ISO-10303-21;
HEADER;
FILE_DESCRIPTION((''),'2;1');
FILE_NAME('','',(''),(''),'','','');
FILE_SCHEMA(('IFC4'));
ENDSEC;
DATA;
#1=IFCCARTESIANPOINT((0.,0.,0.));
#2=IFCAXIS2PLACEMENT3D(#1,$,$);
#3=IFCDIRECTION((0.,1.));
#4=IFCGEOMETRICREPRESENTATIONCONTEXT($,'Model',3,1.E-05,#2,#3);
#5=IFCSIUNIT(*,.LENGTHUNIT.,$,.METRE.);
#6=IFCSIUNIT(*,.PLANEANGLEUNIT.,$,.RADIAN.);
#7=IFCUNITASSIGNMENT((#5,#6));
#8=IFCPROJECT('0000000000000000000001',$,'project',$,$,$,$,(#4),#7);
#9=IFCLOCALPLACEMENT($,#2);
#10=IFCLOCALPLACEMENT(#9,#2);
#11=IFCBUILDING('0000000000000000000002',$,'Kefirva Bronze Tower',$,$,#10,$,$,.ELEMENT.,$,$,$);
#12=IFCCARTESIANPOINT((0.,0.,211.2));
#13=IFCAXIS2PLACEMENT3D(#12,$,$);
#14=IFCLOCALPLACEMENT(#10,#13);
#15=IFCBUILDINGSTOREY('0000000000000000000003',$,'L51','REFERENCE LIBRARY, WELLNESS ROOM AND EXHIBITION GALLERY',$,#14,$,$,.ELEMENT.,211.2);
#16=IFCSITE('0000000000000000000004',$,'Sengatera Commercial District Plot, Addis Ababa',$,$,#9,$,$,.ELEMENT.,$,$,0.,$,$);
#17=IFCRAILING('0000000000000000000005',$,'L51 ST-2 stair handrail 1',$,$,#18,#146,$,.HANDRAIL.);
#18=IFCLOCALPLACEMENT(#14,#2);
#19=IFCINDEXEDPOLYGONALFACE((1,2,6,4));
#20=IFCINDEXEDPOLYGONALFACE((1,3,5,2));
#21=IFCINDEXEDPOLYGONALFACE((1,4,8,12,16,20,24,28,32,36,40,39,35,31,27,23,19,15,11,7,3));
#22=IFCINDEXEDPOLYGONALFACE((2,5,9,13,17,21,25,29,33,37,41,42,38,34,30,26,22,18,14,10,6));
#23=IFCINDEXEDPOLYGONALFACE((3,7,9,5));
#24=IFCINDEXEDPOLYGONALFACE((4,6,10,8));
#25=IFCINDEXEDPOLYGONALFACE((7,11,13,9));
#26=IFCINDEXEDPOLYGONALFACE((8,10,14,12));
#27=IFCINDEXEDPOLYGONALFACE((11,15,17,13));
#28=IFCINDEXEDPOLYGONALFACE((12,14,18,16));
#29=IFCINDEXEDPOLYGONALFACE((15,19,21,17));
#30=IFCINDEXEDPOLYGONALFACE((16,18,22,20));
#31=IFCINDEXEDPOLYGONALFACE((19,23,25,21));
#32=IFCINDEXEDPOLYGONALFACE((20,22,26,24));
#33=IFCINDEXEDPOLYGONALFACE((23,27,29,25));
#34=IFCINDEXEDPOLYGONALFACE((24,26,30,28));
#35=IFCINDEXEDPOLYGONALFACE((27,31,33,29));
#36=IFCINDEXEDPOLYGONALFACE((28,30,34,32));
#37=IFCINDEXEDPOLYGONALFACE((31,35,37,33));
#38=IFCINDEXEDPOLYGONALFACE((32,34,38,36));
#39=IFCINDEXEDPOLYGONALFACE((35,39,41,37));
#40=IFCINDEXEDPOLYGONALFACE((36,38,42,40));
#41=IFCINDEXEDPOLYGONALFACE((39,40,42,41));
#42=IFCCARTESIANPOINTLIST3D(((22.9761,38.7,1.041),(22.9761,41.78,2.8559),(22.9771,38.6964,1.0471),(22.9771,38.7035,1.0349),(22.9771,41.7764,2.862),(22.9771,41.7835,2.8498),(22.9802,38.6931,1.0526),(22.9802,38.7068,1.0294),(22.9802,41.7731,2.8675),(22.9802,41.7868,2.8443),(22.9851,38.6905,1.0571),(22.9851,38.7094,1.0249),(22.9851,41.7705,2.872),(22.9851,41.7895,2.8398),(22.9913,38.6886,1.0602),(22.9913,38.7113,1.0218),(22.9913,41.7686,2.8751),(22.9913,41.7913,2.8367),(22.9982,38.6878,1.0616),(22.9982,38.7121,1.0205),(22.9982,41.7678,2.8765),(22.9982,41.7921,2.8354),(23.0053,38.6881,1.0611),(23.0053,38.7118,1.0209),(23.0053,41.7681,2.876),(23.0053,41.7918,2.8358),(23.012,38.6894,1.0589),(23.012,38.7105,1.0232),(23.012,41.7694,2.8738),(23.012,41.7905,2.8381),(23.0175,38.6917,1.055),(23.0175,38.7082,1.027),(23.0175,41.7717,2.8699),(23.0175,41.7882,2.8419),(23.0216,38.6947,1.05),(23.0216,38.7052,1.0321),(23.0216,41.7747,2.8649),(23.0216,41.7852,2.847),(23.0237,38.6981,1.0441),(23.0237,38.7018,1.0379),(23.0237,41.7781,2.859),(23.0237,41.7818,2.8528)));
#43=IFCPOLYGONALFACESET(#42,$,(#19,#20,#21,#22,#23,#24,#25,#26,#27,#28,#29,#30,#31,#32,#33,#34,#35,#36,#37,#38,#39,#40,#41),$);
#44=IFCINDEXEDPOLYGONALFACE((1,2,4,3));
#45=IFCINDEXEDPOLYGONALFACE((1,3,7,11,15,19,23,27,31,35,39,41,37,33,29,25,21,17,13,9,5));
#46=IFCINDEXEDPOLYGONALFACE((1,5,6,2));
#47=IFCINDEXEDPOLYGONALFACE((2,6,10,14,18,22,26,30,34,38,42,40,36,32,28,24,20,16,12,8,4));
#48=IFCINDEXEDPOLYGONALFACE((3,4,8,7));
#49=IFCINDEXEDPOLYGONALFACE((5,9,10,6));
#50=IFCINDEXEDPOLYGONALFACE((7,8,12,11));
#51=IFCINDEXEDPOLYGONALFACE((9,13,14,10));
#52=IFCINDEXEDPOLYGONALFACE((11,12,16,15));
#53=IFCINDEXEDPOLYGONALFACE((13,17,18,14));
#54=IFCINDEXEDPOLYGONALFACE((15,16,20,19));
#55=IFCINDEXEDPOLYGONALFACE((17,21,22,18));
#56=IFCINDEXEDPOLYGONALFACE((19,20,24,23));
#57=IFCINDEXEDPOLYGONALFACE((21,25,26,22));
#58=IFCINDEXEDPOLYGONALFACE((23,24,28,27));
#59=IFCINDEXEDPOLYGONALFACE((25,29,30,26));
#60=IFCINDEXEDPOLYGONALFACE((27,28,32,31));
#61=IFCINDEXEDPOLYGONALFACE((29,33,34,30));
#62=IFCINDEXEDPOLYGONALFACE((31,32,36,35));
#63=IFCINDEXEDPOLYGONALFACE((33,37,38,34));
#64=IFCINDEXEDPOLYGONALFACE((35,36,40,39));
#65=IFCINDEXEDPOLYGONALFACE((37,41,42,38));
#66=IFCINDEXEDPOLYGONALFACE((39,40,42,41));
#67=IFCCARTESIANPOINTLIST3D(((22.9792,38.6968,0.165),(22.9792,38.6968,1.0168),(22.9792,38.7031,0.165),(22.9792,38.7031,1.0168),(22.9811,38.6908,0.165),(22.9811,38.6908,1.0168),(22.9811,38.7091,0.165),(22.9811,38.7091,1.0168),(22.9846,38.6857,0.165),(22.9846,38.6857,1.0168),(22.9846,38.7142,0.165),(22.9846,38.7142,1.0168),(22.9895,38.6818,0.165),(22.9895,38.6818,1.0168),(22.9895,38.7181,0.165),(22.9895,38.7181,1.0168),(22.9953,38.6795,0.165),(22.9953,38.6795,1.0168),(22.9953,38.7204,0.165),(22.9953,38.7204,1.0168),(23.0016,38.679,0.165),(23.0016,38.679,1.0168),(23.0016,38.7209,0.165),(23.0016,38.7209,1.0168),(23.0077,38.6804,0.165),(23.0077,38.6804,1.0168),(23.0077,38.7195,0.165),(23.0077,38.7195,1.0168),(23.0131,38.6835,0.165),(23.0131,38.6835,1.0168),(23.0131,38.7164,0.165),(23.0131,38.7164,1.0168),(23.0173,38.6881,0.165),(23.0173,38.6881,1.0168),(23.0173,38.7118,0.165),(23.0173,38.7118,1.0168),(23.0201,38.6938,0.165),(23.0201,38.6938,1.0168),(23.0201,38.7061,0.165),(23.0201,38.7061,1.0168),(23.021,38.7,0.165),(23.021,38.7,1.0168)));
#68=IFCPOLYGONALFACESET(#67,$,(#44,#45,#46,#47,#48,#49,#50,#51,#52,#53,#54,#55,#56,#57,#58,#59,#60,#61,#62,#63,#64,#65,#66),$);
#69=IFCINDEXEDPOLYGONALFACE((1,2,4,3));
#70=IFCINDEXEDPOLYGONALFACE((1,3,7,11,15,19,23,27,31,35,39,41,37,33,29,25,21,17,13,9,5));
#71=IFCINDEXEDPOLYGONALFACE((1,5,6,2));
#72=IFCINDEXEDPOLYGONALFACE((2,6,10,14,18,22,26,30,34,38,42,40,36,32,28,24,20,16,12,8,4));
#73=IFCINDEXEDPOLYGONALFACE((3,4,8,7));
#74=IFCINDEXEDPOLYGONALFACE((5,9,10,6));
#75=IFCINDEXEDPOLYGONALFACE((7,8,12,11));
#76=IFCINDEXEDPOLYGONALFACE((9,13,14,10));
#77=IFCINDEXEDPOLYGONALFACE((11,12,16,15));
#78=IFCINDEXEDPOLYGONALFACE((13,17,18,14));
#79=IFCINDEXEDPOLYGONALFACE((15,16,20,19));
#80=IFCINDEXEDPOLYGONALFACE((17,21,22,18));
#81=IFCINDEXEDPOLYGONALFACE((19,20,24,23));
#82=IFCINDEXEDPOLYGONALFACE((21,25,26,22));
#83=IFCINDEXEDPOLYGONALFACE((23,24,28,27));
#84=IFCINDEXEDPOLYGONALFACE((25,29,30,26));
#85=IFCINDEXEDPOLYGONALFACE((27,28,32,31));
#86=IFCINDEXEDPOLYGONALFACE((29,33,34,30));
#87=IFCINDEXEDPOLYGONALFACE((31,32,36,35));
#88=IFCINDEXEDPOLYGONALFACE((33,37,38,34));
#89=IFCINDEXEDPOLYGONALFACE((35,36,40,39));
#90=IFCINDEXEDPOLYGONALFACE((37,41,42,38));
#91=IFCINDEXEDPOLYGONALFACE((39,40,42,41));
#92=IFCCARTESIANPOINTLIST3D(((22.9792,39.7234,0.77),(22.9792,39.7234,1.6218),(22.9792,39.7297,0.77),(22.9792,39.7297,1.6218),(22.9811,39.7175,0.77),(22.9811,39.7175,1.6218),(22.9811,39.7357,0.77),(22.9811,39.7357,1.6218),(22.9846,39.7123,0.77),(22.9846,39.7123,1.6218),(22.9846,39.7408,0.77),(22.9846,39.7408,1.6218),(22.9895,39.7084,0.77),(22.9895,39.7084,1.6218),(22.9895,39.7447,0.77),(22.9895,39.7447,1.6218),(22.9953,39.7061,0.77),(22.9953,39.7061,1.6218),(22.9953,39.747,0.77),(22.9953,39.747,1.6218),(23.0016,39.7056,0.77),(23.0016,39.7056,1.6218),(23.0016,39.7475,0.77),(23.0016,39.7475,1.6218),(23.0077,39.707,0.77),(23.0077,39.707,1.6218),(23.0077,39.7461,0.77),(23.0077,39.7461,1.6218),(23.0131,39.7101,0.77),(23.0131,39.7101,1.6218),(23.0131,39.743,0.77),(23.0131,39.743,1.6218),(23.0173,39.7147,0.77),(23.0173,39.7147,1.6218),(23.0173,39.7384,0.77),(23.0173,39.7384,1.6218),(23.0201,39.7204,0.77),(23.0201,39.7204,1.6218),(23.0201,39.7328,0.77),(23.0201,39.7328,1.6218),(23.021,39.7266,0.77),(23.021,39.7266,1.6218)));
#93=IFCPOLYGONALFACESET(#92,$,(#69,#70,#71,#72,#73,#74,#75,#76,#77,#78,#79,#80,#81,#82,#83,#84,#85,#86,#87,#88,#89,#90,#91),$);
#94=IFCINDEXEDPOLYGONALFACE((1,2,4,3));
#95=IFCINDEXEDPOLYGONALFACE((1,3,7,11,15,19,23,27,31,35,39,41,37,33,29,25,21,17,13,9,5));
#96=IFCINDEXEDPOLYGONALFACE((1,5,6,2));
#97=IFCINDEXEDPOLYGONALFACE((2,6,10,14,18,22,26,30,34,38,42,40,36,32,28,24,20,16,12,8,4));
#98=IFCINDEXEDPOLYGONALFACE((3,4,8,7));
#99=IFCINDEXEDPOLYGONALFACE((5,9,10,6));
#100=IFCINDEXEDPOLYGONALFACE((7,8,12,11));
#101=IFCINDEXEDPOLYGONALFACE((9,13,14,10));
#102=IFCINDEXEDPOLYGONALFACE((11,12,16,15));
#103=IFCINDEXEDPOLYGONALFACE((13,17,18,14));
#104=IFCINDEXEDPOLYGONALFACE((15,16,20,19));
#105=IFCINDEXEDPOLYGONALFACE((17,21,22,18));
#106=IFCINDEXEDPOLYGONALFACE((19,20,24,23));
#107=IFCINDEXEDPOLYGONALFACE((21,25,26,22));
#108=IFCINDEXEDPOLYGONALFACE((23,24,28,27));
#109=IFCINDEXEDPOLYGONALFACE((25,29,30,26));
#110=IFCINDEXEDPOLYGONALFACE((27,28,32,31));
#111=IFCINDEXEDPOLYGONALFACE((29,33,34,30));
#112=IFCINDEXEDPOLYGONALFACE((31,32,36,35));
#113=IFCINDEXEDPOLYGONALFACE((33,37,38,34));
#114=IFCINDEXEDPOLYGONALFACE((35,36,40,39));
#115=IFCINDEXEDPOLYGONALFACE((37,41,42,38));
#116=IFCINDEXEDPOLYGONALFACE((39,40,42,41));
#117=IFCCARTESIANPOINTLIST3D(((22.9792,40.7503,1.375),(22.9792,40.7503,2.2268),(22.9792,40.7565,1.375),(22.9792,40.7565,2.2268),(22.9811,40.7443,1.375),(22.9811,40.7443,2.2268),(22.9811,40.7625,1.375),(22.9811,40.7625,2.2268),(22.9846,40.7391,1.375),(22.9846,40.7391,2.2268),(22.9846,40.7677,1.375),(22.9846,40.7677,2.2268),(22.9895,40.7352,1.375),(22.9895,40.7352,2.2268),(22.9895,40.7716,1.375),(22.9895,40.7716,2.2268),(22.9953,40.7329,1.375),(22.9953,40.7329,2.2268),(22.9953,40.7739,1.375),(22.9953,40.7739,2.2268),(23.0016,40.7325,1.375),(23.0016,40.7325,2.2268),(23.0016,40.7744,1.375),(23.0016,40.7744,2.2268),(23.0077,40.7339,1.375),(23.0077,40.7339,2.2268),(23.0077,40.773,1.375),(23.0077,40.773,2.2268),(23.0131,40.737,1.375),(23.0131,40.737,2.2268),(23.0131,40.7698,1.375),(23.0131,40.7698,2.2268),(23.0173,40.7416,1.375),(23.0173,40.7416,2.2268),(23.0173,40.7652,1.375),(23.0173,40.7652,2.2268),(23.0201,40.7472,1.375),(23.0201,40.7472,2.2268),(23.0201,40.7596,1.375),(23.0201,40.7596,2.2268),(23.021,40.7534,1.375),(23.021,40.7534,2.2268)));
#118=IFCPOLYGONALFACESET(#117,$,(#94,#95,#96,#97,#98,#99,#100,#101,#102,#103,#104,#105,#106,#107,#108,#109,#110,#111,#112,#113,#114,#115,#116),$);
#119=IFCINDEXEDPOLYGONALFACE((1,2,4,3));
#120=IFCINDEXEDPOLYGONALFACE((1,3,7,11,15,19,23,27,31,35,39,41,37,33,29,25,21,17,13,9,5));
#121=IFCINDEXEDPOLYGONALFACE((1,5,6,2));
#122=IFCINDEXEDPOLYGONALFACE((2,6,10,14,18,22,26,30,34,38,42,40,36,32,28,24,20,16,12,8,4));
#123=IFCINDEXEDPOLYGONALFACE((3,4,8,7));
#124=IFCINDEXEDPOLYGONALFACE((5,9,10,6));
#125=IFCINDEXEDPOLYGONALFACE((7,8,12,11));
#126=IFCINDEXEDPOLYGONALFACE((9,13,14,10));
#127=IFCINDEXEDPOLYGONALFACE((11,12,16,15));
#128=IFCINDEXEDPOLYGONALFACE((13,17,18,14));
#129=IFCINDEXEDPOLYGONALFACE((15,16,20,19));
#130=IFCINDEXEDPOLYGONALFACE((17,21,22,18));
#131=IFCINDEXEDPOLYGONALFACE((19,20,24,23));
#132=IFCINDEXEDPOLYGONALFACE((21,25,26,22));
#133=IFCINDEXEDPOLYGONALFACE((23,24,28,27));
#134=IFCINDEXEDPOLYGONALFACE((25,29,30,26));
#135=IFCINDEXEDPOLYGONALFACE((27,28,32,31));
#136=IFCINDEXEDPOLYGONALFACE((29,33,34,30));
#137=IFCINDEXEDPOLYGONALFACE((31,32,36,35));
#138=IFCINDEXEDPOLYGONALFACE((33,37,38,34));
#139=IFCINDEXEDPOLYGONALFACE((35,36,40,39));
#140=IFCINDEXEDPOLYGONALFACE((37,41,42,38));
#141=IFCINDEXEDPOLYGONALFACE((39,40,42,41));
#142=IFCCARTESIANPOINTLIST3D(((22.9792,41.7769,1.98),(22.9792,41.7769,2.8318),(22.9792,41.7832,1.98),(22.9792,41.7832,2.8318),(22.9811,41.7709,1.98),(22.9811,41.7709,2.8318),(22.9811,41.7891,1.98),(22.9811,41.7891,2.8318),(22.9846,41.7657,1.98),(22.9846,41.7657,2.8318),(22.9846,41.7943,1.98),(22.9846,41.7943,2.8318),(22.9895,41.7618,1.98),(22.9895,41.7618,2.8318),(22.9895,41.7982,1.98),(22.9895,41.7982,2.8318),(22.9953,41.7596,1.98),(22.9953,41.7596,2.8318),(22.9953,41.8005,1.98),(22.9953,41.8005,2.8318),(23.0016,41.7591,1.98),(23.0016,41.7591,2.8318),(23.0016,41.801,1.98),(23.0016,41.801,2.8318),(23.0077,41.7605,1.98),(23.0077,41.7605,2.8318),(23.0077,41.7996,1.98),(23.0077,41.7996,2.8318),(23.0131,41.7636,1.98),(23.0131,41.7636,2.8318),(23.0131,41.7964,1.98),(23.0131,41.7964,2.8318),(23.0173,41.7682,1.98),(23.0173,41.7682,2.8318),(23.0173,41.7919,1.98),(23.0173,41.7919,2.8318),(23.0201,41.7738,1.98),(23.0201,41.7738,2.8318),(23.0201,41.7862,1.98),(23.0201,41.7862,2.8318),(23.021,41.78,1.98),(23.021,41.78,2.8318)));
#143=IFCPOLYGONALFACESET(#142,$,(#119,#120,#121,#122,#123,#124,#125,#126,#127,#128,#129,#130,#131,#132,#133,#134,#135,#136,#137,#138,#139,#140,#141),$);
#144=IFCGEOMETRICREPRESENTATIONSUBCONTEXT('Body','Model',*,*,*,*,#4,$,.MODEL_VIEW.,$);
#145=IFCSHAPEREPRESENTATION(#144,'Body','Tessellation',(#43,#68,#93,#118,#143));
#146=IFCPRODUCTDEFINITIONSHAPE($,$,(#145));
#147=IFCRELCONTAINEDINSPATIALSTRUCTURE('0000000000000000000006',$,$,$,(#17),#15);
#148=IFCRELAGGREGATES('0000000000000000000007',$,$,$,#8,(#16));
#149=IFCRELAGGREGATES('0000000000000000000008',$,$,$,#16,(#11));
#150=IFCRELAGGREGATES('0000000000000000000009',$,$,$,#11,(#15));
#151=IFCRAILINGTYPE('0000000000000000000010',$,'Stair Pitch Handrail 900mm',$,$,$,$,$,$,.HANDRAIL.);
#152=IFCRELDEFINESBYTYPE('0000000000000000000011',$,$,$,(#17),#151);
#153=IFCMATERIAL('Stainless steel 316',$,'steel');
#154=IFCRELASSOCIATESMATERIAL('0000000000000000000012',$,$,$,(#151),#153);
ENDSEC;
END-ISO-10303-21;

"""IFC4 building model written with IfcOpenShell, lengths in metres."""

from ifc_helpers import new_model, si_unit, direction, frame, origin, origin_2d, place, context, subcontext, project, spatial, circle, extrude, material, type_object, element, save


model = new_model("IFC4")

# Units and contexts
model_context = context("Model", 3, precision=1e-05, world=origin(), true_north=direction((0.0, 1.0)))
body_context = subcontext(model_context, "Body", "Model", "MODEL_VIEW")
ifc_project = project(units=[si_unit("LENGTHUNIT", "METRE"), si_unit("PLANEANGLEUNIT", "RADIAN")], contexts=[model_context])

# Site, building, storey
site_placement = place(None, origin())
site = spatial("IfcSite", under=ifc_project, at=site_placement, Name="Sengatera Commercial District Plot, Addis Ababa", CompositionType="ELEMENT", RefElevation=0.0)
building_placement = place(site_placement, origin())
building = spatial("IfcBuilding", under=site, at=building_placement, Name="Kefirva Bronze Tower", CompositionType="ELEMENT")
storey_placement = place(building_placement, frame((0.0, 0.0, 211.2)))
storey = spatial("IfcBuildingStorey", under=building, at=storey_placement, Name="L51", Description="REFERENCE LIBRARY, WELLNESS ROOM AND EXHIBITION GALLERY", CompositionType="ELEMENT", Elevation=211.2)

# Railing
ifc_material_1 = material(Name="Stainless steel 316", Category="steel")
railing_type_1 = type_object("IfcRailingType", Name="Stair Pitch Handrail 900mm", PredefinedType="HANDRAIL", material=ifc_material_1)
railing_1_placement = place(storey_placement, frame((23.0, 38.7, 0.165)))
element("IfcRailing", 1, at=railing_1_placement, inside=storey, type_object=railing_type_1, Name="L51 ST-2 stair handrail 1", PredefinedType="HANDRAIL", context=body_context, shape_type="SweptSolid", body=[
    extrude(circle(Radius=0.0239, at=origin_2d()), frame((0.0, 0.0, 0.876), z_axis=(0.0, 0.861551, 0.507671), x_axis=(-1.0, 0.0, 0.0)), (0.0, 0.0, 1.0), 3.575),
    extrude(circle(Radius=0.021, at=origin_2d()), origin(), (0.0, 0.0, 1.0), 0.8518),
    extrude(circle(Radius=0.021, at=origin_2d()), frame((0.0, 1.0266, 0.605)), (0.0, 0.0, 1.0), 0.8518),
    extrude(circle(Radius=0.021, at=origin_2d()), frame((0.0, 2.0535, 1.21)), (0.0, 0.0, 1.0), 0.8518),
    extrude(circle(Radius=0.021, at=origin_2d()), frame((0.0, 3.0801, 1.8149)), (0.0, 0.0, 1.0), 0.8518),
])

save(model, "model.ifc")
